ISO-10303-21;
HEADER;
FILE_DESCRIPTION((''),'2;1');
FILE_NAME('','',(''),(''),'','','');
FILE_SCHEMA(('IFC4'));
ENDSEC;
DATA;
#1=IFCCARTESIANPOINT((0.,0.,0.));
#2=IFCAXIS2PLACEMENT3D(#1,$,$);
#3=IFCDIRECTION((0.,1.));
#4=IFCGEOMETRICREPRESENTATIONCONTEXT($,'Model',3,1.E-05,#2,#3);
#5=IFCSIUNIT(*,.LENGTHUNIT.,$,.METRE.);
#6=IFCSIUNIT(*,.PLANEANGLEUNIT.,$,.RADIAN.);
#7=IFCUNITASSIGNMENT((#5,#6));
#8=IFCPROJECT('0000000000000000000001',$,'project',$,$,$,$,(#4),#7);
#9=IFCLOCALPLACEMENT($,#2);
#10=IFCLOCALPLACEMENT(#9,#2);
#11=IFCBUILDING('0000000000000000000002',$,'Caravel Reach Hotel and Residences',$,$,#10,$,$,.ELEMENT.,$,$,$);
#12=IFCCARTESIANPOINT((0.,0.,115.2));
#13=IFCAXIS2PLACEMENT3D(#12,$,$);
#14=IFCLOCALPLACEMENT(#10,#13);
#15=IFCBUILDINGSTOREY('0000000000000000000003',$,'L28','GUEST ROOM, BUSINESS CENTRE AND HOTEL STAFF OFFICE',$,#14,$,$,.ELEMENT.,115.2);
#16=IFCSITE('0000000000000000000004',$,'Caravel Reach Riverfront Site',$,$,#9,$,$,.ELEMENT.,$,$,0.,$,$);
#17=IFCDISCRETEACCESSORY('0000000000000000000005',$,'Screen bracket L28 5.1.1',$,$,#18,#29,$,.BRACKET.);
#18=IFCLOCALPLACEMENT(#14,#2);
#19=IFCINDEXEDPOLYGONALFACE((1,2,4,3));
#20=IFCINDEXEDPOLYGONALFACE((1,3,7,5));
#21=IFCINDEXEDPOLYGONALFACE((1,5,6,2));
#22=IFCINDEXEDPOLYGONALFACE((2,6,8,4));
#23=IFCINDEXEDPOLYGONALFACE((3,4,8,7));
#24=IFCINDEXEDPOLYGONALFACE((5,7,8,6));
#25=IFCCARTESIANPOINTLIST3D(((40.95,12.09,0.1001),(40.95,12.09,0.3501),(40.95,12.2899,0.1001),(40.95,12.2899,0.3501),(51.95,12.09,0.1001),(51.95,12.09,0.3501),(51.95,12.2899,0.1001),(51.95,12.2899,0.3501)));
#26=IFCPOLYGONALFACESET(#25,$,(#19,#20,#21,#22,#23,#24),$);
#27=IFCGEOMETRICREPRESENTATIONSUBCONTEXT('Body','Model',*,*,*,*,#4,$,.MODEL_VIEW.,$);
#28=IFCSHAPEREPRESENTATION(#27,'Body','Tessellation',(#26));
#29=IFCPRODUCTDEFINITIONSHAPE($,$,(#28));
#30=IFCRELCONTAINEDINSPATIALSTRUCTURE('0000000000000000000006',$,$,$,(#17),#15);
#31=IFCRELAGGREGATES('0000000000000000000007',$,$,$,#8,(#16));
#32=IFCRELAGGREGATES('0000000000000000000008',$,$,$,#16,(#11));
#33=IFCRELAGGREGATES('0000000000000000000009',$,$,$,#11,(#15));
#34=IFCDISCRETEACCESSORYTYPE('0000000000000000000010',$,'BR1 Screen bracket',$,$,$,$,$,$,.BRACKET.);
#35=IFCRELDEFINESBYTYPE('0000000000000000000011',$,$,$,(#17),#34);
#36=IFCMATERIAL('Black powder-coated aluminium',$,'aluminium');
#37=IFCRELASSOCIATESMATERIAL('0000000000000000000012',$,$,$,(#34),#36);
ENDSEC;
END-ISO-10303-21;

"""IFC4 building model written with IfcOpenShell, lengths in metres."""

from ifc_helpers import new_model, si_unit, direction, frame, origin, origin_2d, place, context, subcontext, project, spatial, rectangle, extrude, material, type_object, element, save


model = new_model("IFC4")

# Units and contexts
model_context = context("Model", 3, precision=1e-05, world=origin(), true_north=direction((0.0, 1.0)))
body_context = subcontext(model_context, "Body", "Model", "MODEL_VIEW")
ifc_project = project(units=[si_unit("LENGTHUNIT", "METRE"), si_unit("PLANEANGLEUNIT", "RADIAN")], contexts=[model_context])

# Site, building, storey
site_placement = place(None, origin())
site = spatial("IfcSite", under=ifc_project, at=site_placement, Name="Caravel Reach Riverfront Site", CompositionType="ELEMENT", RefElevation=0.0)
building_placement = place(site_placement, origin())
building = spatial("IfcBuilding", under=site, at=building_placement, Name="Caravel Reach Hotel and Residences", CompositionType="ELEMENT")
storey_placement = place(building_placement, frame((0.0, 0.0, 115.2)))
storey = spatial("IfcBuildingStorey", under=building, at=storey_placement, Name="L28", Description="GUEST ROOM, BUSINESS CENTRE AND HOTEL STAFF OFFICE", CompositionType="ELEMENT", Elevation=115.2)

# Discrete accessory
ifc_material_1 = material(Name="Black powder-coated aluminium", Category="aluminium")
discrete_accessory_type = type_object("IfcDiscreteAccessoryType", Name="BR1 Screen bracket", PredefinedType="BRACKET", material=ifc_material_1)
discrete_accessory_1_placement = place(storey_placement, frame((46.45, 12.1899, 0.1001), z_axis=(0.0, 0.0, 1.0), x_axis=(1.0, 0.0, 0.0)))
element("IfcDiscreteAccessory", 1, at=discrete_accessory_1_placement, inside=storey, type_object=discrete_accessory_type, Name="Screen bracket L28 5.1.1", PredefinedType="BRACKET", context=body_context, shape_type="SweptSolid", body=[
    extrude(rectangle(XDim=11.0, YDim=0.2, at=origin_2d()), origin(), (0.0, 0.0, 1.0), 0.25),
])

save(model, "model.ifc")
